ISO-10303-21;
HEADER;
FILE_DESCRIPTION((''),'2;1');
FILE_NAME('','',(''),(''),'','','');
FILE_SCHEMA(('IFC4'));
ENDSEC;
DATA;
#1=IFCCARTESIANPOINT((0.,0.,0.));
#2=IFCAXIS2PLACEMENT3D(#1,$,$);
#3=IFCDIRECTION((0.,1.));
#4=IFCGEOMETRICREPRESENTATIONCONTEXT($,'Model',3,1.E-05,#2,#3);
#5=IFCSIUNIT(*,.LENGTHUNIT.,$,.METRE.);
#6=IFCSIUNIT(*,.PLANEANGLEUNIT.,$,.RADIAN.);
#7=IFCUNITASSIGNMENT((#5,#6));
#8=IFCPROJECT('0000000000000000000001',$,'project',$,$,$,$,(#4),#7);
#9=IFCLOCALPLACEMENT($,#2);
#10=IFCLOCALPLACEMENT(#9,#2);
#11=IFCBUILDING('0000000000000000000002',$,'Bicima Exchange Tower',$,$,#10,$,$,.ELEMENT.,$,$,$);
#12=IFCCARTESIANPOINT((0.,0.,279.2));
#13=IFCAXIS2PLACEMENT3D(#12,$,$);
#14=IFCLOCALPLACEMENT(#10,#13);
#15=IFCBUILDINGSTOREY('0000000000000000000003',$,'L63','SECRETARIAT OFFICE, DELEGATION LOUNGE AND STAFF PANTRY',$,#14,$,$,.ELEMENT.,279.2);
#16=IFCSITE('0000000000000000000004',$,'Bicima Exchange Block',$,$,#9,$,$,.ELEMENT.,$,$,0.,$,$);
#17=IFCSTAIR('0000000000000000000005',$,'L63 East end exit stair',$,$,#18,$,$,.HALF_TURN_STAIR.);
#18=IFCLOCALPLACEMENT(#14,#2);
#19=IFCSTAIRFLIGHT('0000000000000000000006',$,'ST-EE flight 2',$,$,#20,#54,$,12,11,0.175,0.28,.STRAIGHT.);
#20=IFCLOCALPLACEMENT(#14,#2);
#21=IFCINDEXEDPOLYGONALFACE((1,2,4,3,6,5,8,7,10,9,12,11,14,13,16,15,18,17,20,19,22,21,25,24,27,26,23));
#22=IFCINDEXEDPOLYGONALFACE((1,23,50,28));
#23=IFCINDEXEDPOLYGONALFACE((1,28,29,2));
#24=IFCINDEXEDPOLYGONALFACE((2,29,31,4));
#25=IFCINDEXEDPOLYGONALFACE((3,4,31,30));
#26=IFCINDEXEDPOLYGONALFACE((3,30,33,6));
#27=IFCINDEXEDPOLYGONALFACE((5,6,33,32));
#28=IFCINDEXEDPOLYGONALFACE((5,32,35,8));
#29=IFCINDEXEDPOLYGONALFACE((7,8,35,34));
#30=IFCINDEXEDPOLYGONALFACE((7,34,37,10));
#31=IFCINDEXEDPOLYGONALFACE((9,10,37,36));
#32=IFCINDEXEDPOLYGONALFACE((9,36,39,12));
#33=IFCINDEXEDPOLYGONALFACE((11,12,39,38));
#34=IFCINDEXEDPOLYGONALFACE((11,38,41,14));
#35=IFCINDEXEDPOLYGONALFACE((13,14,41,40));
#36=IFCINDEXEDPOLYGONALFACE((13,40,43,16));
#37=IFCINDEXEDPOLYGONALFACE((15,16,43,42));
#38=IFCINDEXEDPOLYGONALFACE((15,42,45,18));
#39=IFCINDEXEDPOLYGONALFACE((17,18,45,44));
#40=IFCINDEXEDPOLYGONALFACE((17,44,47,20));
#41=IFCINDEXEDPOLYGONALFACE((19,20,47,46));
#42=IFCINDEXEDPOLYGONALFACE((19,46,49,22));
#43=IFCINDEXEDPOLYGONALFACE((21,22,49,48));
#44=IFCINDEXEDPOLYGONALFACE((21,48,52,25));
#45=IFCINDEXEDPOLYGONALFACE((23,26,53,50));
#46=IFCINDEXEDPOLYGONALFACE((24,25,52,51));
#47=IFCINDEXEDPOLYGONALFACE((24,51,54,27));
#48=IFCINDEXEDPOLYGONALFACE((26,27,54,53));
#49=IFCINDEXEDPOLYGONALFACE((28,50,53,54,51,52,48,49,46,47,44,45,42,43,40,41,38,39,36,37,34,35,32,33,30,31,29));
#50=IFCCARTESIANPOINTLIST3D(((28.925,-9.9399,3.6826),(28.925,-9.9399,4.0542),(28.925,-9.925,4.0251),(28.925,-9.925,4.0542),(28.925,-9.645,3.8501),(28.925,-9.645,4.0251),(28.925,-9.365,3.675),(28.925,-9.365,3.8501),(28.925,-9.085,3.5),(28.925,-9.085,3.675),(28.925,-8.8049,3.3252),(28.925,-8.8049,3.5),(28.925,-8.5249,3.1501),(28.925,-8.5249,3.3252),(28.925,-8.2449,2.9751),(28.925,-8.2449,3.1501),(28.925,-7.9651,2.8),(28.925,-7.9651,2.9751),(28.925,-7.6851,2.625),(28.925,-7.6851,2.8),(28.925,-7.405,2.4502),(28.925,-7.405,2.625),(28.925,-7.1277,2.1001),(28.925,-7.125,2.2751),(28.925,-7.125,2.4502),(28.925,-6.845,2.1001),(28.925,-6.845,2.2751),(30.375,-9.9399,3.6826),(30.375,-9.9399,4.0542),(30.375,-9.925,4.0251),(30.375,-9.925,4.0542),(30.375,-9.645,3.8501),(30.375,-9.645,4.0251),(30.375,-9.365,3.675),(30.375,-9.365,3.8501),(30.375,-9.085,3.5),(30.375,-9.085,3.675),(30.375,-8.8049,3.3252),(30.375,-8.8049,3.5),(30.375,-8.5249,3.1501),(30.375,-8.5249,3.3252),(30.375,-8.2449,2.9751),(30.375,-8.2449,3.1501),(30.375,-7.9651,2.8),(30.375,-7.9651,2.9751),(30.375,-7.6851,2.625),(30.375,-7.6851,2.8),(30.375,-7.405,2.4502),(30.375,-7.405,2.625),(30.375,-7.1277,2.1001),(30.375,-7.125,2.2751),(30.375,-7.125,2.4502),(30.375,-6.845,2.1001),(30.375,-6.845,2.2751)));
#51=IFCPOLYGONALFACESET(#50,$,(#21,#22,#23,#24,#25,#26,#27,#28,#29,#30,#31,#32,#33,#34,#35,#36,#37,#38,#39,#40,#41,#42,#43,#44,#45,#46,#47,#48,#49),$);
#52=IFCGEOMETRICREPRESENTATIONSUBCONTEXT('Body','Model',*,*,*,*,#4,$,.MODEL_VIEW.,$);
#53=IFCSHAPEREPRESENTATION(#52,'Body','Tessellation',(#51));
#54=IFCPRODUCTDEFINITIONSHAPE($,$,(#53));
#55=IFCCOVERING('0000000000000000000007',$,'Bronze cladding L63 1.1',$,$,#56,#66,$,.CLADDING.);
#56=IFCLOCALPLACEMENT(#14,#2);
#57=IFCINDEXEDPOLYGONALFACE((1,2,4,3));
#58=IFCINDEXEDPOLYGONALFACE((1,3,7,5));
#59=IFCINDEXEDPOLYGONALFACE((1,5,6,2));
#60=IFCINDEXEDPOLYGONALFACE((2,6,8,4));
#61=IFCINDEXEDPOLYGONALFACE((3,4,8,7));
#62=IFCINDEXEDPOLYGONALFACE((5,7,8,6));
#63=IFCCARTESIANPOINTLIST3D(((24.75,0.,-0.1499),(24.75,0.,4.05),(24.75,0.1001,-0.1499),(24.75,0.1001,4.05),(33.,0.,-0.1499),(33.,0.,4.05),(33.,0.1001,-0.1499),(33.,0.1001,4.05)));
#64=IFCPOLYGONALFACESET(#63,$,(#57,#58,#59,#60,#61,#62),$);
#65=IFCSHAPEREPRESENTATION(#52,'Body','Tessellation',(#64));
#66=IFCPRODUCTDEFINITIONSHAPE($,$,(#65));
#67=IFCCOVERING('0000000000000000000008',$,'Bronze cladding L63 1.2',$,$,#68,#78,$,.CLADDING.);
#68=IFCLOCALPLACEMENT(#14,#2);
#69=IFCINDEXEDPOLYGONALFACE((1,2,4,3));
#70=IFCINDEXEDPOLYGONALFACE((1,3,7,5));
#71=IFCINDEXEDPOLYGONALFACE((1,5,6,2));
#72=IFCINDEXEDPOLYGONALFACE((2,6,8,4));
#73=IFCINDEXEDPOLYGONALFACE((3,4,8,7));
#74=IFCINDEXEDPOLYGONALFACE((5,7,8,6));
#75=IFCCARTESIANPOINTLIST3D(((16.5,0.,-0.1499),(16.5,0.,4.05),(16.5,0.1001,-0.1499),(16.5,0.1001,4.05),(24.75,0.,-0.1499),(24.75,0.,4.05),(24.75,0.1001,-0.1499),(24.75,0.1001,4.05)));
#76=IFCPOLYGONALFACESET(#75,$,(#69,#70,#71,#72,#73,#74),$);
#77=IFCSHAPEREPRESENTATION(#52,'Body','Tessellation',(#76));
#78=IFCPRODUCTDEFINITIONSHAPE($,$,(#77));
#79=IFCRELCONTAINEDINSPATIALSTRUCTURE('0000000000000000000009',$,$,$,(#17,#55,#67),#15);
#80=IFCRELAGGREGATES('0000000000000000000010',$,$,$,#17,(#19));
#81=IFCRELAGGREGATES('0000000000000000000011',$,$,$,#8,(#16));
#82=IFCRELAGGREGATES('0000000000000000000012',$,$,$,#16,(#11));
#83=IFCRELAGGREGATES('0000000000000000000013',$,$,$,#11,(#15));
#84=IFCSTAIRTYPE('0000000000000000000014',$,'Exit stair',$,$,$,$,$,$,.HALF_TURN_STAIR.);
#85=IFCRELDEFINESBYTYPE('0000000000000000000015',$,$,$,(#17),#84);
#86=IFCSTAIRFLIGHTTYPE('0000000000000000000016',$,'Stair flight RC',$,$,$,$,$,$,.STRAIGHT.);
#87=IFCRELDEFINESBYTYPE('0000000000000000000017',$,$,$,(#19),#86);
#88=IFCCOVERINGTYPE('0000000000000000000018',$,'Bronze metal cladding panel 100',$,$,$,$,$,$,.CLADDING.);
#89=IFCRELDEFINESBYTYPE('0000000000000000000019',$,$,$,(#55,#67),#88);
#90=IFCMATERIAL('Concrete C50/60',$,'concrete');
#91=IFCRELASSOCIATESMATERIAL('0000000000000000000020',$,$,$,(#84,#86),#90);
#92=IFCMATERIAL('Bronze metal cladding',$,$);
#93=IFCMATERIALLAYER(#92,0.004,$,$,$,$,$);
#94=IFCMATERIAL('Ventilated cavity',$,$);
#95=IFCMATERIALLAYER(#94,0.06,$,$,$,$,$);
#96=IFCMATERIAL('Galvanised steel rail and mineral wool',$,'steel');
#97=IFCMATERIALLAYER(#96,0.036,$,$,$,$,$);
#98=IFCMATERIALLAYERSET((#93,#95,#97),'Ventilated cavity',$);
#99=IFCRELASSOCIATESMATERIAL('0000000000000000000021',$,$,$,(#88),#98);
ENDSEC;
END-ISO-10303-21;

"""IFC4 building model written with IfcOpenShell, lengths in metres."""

from ifc_helpers import new_model, si_unit, direction, frame, origin, origin_2d, place, context, subcontext, project, spatial, polyline, rectangle, outline, extrude, material, layer, layer_set, type_object, element, aggregate, save


model = new_model("IFC4")

# Units and contexts
model_context = context("Model", 3, precision=1e-05, world=origin(), true_north=direction((0.0, 1.0)))
body_context = subcontext(model_context, "Body", "Model", "MODEL_VIEW")
ifc_project = project(units=[si_unit("LENGTHUNIT", "METRE"), si_unit("PLANEANGLEUNIT", "RADIAN")], contexts=[model_context])

# Site, building, storey
site_placement = place(None, origin())
site = spatial("IfcSite", under=ifc_project, at=site_placement, Name="Bicima Exchange Block", CompositionType="ELEMENT", RefElevation=0.0)
building_placement = place(site_placement, origin())
building = spatial("IfcBuilding", under=site, at=building_placement, Name="Bicima Exchange Tower", CompositionType="ELEMENT")
storey_placement = place(building_placement, frame((0.0, 0.0, 279.2)))
storey = spatial("IfcBuildingStorey", under=building, at=storey_placement, Name="L63", Description="SECRETARIAT OFFICE, DELEGATION LOUNGE AND STAFF PANTRY", CompositionType="ELEMENT", Elevation=279.2)

# Shared definitions
ifc_material_1 = material(Name="Concrete C50/60", Category="concrete")

# Stair, stair flight
stair_type = type_object("IfcStairType", Name="Exit stair", PredefinedType="HALF_TURN_STAIR", material=ifc_material_1)
stair_flight_type = type_object("IfcStairFlightType", Name="Stair flight RC", PredefinedType="STRAIGHT", material=ifc_material_1)
stair_1_placement = place(storey_placement, origin())
stair_1 = element("IfcStair", 1, at=stair_1_placement, inside=storey, type_object=stair_type, Name="L63 East end exit stair", PredefinedType="HALF_TURN_STAIR")
stair_flight_1_placement = place(storey_placement, frame((29.6499, -6.845, 2.1001), z_axis=(0.0, 0.0, 1.0), x_axis=(0.0, -1.0, 0.0)))
stair_flight_1 = element("IfcStairFlight", 2, at=stair_flight_1_placement, type_object=stair_flight_type, Name="ST-EE flight 2", NumberOfRisers=12, NumberOfTreads=11, PredefinedType="STRAIGHT", RiserHeight=0.175, TreadLength=0.28, context=body_context, shape_type="SweptSolid", body=[
    extrude(outline(polyline([(0.0, 0.0), (0.0, 0.175), (0.28, 0.175), (0.28, 0.3501), (0.5601, 0.3501), (0.5601, 0.5249), (0.8401, 0.5249), (0.8401, 0.7), (1.1201, 0.7), (1.1201, 0.875), (1.3999, 0.875), (1.3999, 1.05), (1.6799, 1.05), (1.6799, 1.2251), (1.96, 1.2251), (1.96, 1.3999), (2.24, 1.3999), (2.24, 1.575), (2.52, 1.575), (2.52, 1.75), (2.8, 1.75), (2.8, 1.925), (3.0801, 1.925), (3.0801, 1.9541), (3.095, 1.9541), (3.095, 1.5825), (0.2827, 0.0), (0.0, 0.0)])), frame((0.0, 0.7251, 0.0), z_axis=(0.0, -1.0, 0.0), x_axis=(1.0, 0.0, 0.0)), (0.0, 0.0, 1.0), 1.45),
])
aggregate(stair_1, [stair_flight_1])

# Coverings
ifc_material_2 = material(Name="Bronze metal cladding")
ifc_layer_1 = layer(ifc_material_2, 0.004)
ifc_material_3 = material(Name="Ventilated cavity")
ifc_layer_2 = layer(ifc_material_3, 0.06)
ifc_material_4 = material(Name="Galvanised steel rail and mineral wool", Category="steel")
ifc_layer_3 = layer(ifc_material_4, 0.036)
ifc_layer_set_1 = layer_set([ifc_layer_1, ifc_layer_2, ifc_layer_3], Name="Ventilated cavity")
covering_type = type_object("IfcCoveringType", Name="Bronze metal cladding panel 100", PredefinedType="CLADDING", material=ifc_layer_set_1)
for number, where, z_axis, x_axis, name in (
    (3, (28.875, 0.05, -0.1499), (0.0, 0.0, 1.0), (-1.0, 0.0, 0.0), "Bronze cladding L63 1.1"),
    (4, (20.625, 0.05, -0.1499), (0.0, 0.0, 1.0), (-1.0, 0.0, 0.0), "Bronze cladding L63 1.2"),
):
    element("IfcCovering", number, at=place(storey_placement, frame(where, z_axis=z_axis, x_axis=x_axis)), inside=storey, type_object=covering_type, Name=name, PredefinedType="CLADDING", context=body_context, shape_type="SweptSolid", body=[
        extrude(rectangle(XDim=8.25, YDim=0.1001, at=origin_2d()), origin(), (0.0, 0.0, 1.0), 4.2),
    ])

save(model, "model.ifc")
